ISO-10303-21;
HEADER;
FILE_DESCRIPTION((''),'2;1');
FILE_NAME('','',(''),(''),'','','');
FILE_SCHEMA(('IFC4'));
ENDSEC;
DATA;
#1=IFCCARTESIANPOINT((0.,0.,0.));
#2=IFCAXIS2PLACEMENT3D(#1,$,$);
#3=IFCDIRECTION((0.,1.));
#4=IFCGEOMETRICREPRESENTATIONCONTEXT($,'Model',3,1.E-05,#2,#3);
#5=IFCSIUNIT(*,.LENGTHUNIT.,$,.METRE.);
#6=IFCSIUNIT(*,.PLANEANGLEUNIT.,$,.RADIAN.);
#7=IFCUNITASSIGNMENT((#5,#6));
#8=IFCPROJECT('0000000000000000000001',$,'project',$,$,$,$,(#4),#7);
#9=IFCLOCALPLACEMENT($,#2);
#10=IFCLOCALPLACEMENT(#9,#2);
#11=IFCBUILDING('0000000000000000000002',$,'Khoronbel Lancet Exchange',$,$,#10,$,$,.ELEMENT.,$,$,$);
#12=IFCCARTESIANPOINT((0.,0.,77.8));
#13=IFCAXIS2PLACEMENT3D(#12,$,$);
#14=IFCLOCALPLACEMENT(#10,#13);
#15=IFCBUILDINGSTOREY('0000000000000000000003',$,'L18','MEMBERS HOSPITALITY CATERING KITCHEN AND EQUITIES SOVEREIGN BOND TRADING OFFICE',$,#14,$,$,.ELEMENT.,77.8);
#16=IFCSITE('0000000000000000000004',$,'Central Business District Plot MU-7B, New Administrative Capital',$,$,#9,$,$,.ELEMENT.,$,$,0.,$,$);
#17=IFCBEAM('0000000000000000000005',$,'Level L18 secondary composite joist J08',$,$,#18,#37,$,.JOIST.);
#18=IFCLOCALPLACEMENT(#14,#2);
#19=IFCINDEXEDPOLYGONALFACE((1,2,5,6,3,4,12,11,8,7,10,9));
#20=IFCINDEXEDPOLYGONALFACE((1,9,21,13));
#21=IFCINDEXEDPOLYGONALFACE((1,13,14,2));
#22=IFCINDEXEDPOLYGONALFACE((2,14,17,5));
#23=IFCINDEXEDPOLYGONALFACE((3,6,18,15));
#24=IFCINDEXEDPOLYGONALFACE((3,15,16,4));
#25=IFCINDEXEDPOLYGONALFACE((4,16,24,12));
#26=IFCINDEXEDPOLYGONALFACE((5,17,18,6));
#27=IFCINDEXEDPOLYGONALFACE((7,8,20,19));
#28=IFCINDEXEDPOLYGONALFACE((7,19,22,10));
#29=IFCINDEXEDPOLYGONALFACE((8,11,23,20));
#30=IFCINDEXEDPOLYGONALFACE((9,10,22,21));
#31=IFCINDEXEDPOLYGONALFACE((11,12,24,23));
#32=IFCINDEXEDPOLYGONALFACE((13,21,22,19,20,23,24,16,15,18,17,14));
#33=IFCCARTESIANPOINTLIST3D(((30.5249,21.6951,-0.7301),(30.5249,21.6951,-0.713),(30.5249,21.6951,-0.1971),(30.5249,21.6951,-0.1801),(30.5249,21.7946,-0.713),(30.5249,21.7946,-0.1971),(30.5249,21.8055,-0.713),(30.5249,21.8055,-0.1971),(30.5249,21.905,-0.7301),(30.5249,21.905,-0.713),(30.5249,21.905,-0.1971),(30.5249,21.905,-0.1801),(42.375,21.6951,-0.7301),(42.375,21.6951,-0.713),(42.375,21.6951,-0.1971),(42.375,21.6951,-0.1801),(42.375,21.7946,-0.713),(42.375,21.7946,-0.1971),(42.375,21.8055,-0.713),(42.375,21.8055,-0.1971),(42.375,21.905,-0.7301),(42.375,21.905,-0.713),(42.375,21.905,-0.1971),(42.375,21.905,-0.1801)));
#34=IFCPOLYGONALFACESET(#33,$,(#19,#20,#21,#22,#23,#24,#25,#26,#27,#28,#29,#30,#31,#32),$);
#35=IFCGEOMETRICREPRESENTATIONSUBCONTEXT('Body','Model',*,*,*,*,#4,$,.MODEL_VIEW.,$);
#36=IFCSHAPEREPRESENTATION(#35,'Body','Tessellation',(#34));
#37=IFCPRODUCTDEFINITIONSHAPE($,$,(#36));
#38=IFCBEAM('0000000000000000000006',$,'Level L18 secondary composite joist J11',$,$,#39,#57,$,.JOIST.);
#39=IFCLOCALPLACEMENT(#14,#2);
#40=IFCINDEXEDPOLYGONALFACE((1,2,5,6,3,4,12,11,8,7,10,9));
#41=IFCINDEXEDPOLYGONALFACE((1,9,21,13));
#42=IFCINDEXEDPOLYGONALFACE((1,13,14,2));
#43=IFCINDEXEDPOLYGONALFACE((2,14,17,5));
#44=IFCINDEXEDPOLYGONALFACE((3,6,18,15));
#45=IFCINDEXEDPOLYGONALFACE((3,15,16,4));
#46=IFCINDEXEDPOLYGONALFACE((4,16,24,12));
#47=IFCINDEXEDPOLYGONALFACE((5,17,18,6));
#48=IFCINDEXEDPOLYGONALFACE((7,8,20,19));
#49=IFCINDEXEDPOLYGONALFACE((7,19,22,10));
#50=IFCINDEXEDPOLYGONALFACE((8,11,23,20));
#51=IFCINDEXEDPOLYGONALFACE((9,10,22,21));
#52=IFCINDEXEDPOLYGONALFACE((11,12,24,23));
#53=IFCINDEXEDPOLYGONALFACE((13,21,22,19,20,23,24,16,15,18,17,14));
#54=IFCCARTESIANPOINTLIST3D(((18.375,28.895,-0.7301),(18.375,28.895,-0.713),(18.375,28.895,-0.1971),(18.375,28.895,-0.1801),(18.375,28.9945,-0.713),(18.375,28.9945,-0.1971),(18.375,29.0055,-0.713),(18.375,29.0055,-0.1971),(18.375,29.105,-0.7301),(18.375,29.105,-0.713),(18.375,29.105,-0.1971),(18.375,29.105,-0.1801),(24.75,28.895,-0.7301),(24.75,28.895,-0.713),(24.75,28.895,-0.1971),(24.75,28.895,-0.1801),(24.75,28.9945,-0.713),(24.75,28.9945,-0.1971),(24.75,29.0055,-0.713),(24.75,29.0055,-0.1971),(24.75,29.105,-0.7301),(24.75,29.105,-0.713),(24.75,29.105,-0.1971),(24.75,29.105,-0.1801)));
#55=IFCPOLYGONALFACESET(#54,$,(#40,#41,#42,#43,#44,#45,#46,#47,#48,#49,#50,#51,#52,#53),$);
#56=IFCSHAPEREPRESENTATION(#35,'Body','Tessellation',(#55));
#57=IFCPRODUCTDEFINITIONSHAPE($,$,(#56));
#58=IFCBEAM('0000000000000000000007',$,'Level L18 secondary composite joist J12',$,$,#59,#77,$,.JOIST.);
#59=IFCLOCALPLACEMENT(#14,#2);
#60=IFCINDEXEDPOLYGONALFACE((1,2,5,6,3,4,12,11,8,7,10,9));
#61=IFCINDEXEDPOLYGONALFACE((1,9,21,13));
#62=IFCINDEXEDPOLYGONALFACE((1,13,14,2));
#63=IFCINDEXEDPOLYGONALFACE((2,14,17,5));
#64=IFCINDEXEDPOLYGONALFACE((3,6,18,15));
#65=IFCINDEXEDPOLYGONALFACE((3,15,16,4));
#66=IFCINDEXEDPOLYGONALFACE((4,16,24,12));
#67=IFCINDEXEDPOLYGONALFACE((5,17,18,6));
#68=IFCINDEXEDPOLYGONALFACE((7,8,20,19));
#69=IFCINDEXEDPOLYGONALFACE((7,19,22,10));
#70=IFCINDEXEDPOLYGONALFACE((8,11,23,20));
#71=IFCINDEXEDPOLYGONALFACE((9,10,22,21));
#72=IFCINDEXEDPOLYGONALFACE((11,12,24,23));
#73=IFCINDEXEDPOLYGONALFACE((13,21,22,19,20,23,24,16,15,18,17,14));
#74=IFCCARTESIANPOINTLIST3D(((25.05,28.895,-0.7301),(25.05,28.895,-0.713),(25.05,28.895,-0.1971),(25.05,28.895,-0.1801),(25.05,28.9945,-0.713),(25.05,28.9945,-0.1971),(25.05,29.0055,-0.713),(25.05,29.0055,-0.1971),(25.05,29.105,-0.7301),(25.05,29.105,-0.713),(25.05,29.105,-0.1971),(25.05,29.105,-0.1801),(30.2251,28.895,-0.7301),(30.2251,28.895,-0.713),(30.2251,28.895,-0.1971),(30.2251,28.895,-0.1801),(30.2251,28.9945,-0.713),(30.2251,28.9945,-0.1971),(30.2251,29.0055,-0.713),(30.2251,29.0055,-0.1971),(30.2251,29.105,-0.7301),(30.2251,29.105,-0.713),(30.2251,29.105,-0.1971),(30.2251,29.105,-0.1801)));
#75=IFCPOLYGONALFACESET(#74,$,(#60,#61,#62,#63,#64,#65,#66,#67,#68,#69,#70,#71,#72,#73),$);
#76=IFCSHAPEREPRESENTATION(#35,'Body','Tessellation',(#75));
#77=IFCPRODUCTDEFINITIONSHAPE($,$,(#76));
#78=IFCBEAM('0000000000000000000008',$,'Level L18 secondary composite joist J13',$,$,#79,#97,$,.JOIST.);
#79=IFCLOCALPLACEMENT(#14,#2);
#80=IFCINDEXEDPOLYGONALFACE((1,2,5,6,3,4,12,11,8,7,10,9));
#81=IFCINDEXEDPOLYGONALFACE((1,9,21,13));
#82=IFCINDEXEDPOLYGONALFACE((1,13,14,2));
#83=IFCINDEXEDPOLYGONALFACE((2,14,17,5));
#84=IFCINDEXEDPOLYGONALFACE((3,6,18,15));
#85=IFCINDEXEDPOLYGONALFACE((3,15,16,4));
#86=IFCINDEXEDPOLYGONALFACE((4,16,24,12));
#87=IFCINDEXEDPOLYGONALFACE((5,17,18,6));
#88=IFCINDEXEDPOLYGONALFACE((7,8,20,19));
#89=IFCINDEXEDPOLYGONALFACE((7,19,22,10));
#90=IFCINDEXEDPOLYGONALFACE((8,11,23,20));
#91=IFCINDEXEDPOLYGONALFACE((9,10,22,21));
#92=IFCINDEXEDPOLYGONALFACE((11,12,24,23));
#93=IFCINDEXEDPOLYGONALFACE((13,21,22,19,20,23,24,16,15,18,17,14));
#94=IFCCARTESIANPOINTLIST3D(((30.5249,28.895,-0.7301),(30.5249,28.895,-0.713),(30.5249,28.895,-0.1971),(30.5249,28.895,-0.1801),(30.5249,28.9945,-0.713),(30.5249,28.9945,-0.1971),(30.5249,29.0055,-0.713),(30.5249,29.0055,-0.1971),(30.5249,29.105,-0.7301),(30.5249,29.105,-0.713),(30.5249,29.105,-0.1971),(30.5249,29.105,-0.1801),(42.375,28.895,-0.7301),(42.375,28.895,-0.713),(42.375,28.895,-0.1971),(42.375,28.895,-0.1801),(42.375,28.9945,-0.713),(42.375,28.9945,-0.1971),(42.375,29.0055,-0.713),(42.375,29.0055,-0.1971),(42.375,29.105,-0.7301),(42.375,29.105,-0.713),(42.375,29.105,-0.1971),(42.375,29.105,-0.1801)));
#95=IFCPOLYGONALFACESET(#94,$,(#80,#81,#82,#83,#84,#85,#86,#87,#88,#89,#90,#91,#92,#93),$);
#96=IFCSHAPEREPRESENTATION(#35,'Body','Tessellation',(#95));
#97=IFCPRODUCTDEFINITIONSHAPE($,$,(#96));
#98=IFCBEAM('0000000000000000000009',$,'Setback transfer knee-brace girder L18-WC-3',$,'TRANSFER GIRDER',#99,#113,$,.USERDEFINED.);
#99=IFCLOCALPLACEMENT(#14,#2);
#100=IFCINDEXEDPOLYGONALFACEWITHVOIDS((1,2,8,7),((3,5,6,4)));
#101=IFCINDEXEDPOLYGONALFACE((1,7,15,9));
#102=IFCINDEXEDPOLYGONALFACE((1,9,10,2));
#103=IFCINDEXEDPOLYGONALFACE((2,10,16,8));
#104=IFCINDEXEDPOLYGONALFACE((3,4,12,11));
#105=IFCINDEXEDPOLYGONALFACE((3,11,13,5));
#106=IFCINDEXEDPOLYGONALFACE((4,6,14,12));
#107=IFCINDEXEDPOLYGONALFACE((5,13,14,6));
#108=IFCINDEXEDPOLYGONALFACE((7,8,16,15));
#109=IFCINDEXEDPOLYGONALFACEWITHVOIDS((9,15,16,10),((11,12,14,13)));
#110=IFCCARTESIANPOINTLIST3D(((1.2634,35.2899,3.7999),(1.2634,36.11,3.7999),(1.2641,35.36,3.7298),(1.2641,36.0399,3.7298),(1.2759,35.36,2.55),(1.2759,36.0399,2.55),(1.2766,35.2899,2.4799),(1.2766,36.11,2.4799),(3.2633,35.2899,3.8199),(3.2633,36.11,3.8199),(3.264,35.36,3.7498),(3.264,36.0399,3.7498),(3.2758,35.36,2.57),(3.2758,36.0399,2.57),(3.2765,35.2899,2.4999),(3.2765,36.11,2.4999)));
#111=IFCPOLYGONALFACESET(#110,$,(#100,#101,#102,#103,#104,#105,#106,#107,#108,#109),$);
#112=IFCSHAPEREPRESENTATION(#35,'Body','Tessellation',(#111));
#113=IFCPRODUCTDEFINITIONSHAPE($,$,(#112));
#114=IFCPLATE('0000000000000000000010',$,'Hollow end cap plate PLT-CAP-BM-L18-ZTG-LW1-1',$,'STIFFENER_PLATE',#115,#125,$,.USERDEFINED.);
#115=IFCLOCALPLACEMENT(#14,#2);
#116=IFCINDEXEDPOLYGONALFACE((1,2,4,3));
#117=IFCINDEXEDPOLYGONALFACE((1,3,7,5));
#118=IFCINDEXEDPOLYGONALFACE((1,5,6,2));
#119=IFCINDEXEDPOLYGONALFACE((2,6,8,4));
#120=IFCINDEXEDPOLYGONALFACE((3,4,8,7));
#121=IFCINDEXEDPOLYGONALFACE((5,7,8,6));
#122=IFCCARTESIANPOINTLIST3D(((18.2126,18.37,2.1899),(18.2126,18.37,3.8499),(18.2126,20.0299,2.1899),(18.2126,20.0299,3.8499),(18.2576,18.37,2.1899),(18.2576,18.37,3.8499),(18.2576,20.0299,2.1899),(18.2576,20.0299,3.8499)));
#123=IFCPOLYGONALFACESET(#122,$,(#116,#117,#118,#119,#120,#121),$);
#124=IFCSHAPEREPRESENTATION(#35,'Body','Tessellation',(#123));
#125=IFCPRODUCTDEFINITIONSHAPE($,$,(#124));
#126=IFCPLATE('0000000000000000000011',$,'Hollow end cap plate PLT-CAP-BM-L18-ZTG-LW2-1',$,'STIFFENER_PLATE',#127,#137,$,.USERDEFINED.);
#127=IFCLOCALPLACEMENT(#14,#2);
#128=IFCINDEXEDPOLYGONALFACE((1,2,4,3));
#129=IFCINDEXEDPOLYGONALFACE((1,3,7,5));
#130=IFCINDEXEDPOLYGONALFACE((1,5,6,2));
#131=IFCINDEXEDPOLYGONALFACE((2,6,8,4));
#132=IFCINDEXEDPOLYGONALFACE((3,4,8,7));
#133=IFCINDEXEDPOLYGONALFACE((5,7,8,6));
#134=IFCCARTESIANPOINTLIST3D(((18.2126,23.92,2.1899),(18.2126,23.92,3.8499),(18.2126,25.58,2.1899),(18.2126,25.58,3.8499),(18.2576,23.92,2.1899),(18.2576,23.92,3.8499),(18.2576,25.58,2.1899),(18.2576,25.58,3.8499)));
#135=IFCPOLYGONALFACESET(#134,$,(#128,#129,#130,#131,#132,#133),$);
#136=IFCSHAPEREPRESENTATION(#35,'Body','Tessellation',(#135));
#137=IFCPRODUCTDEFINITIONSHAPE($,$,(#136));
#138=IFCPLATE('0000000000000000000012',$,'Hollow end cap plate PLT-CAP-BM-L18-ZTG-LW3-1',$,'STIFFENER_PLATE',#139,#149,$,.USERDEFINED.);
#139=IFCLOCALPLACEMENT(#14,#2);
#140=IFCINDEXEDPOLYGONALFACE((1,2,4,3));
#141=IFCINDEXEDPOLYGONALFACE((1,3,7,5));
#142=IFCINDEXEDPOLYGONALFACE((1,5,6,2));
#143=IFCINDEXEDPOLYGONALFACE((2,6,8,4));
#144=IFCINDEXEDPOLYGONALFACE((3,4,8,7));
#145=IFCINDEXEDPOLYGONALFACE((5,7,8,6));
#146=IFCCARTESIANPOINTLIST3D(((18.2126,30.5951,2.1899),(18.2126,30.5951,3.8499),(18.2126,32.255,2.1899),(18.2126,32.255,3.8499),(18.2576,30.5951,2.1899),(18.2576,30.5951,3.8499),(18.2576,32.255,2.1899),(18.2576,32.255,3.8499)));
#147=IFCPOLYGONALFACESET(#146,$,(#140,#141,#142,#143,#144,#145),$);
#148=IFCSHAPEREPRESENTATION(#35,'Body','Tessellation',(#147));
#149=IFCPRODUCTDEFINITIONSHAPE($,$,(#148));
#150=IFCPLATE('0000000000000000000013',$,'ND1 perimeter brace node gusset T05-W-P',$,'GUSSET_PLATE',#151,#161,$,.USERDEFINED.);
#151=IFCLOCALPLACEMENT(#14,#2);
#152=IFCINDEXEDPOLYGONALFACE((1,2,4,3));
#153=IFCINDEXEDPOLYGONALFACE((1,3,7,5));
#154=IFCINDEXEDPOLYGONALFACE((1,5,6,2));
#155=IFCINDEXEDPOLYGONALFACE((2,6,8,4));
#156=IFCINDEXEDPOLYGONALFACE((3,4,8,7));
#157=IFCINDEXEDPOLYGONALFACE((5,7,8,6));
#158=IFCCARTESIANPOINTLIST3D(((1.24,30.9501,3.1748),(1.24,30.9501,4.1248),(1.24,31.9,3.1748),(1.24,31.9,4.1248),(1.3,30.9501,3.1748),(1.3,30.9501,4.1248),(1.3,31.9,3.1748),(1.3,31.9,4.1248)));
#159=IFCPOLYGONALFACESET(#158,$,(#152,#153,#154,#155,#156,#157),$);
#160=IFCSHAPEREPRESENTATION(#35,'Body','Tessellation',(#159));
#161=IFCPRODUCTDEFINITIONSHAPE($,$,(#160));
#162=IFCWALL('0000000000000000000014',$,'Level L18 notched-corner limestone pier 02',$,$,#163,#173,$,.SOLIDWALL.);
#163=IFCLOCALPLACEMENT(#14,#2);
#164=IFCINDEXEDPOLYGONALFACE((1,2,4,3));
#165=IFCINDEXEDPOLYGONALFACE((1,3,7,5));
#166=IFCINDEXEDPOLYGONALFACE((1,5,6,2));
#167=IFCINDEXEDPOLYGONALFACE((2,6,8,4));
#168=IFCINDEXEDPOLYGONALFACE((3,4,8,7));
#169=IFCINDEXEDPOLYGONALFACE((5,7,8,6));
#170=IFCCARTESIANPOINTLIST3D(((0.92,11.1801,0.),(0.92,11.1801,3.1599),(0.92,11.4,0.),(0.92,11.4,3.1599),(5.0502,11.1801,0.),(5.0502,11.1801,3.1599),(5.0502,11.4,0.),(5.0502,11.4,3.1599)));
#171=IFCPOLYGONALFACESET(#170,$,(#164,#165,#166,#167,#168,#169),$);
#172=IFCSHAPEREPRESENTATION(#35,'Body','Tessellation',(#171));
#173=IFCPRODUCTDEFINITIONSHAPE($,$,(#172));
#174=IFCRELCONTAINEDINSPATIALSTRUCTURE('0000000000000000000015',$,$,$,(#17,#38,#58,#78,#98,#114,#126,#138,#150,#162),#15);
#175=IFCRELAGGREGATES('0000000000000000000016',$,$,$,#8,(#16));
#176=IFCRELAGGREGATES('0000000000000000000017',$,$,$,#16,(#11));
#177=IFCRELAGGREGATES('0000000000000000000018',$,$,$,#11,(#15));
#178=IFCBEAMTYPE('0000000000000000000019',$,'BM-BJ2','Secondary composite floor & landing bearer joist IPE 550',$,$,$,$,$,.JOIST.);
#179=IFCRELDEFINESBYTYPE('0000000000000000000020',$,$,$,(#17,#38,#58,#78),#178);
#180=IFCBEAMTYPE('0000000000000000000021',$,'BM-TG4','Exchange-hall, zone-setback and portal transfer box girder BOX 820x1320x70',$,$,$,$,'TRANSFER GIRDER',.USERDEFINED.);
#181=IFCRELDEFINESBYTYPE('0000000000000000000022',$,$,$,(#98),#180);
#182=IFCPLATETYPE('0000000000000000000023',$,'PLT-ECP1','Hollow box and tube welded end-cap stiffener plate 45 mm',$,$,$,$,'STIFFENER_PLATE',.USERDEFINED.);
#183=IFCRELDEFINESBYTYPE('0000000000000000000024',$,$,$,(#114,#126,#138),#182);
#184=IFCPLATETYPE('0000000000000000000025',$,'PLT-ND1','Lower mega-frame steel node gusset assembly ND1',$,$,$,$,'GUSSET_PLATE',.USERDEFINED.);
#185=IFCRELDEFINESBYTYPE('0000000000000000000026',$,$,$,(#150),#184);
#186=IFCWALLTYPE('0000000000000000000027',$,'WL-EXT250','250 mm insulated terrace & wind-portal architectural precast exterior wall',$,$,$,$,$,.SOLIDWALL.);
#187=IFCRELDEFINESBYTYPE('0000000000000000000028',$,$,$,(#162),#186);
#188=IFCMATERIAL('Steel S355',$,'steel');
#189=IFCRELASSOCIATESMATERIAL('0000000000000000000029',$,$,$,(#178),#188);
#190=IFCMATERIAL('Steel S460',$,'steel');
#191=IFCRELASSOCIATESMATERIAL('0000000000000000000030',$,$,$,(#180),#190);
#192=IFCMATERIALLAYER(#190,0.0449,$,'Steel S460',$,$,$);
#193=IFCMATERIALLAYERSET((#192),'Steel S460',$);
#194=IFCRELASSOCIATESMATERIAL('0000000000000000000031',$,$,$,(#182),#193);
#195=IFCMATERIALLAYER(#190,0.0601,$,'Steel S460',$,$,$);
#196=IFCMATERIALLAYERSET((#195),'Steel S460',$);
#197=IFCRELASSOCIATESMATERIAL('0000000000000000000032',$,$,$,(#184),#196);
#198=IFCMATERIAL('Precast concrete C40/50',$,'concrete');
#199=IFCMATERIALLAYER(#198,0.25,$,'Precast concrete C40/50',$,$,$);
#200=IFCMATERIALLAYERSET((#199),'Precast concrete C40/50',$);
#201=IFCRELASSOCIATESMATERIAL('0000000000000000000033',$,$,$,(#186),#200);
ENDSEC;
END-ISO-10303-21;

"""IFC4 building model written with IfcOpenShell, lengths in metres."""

from ifc_helpers import new_model, si_unit, direction, frame, frame_2d, origin, origin_2d, place, context, subcontext, project, spatial, rectangle, hollow_rectangle, i_section, extrude, material, layer, layer_set, material_profile, profile_set, type_object, element, save


model = new_model("IFC4")

# Units and contexts
model_context = context("Model", 3, precision=1e-05, world=origin(), true_north=direction((0.0, 1.0)))
body_context = subcontext(model_context, "Body", "Model", "MODEL_VIEW")
ifc_project = project(units=[si_unit("LENGTHUNIT", "METRE"), si_unit("PLANEANGLEUNIT", "RADIAN")], contexts=[model_context])

# Site, building, storey
site_placement = place(None, origin())
site = spatial("IfcSite", under=ifc_project, at=site_placement, Name="Central Business District Plot MU-7B, New Administrative Capital", CompositionType="ELEMENT", RefElevation=0.0)
building_placement = place(site_placement, origin())
building = spatial("IfcBuilding", under=site, at=building_placement, Name="Khoronbel Lancet Exchange", CompositionType="ELEMENT")
storey_placement = place(building_placement, frame((0.0, 0.0, 77.8)))
storey = spatial("IfcBuildingStorey", under=building, at=storey_placement, Name="L18", Description="MEMBERS HOSPITALITY CATERING KITCHEN AND EQUITIES SOVEREIGN BOND TRADING OFFICE", CompositionType="ELEMENT", Elevation=77.8)

# Shared definitions
ifc_material_1 = material(Name="Steel S355", Category="steel")

# Beams
ifc_material_profile_1 = material_profile(ifc_material_1, i_section(OverallWidth=0.21, OverallDepth=0.55, WebThickness=0.011, FlangeThickness=0.0171, at=origin_2d()), Name="IPE 550")
ifc_profile_set_1 = profile_set([ifc_material_profile_1], Name="Steel S355")
beam_type_1 = type_object("IfcBeamType", Name="BM-BJ2", Description="Secondary composite floor & landing bearer joist IPE 550", PredefinedType="JOIST", material=ifc_profile_set_1)
beam_1_placement = place(storey_placement, frame((30.5249, 21.8, -0.4551), z_axis=(1.0, 0.0, 0.0), x_axis=(0.0, 1.0, 0.0)))
element("IfcBeam", 1, at=beam_1_placement, inside=storey, type_object=beam_type_1, Name="Level L18 secondary composite joist J08", PredefinedType="JOIST", context=body_context, shape_type="SweptSolid", body=[
    extrude(i_section(OverallWidth=0.21, OverallDepth=0.55, WebThickness=0.011, FlangeThickness=0.0171, at=origin_2d()), origin(), (0.0, 0.0, 1.0), 11.8501),
])
beam_2_placement = place(storey_placement, frame((18.375, 29.0, -0.4551), z_axis=(1.0, 0.0, 0.0), x_axis=(0.0, 1.0, 0.0)))
element("IfcBeam", 2, at=beam_2_placement, inside=storey, type_object=beam_type_1, Name="Level L18 secondary composite joist J11", PredefinedType="JOIST", context=body_context, shape_type="SweptSolid", body=[
    extrude(i_section(OverallWidth=0.21, OverallDepth=0.55, WebThickness=0.011, FlangeThickness=0.0171, at=origin_2d()), origin(), (0.0, 0.0, 1.0), 6.375),
])
beam_3_placement = place(storey_placement, frame((25.05, 29.0, -0.4551), z_axis=(1.0, 0.0, 0.0), x_axis=(0.0, 1.0, 0.0)))
element("IfcBeam", 3, at=beam_3_placement, inside=storey, type_object=beam_type_1, Name="Level L18 secondary composite joist J12", PredefinedType="JOIST", context=body_context, shape_type="SweptSolid", body=[
    extrude(i_section(OverallWidth=0.21, OverallDepth=0.55, WebThickness=0.011, FlangeThickness=0.0171, at=origin_2d()), origin(), (0.0, 0.0, 1.0), 5.175),
])
beam_4_placement = place(storey_placement, frame((30.5249, 29.0, -0.4551), z_axis=(1.0, 0.0, 0.0), x_axis=(0.0, 1.0, 0.0)))
element("IfcBeam", 4, at=beam_4_placement, inside=storey, type_object=beam_type_1, Name="Level L18 secondary composite joist J13", PredefinedType="JOIST", context=body_context, shape_type="SweptSolid", body=[
    extrude(i_section(OverallWidth=0.21, OverallDepth=0.55, WebThickness=0.011, FlangeThickness=0.0171, at=origin_2d()), origin(), (0.0, 0.0, 1.0), 11.8501),
])
ifc_material_2 = material(Name="Steel S460", Category="steel")
ifc_material_profile_2 = material_profile(ifc_material_2, hollow_rectangle(XDim=0.8201, YDim=1.3201, WallThickness=0.0701, at=origin_2d()), Name="BOX 820x1320x70")
ifc_profile_set_2 = profile_set([ifc_material_profile_2], Name="Steel S460")
beam_type_2 = type_object("IfcBeamType", Name="BM-TG4", Description="Exchange-hall, zone-setback and portal transfer box girder BOX 820x1320x70", ElementType="TRANSFER GIRDER", PredefinedType="USERDEFINED", material=ifc_profile_set_2)
beam_5_placement = place(storey_placement, frame((1.27, 35.7, 3.1399), z_axis=(0.99995, 0.0, 0.010009), x_axis=(0.0, 1.0, 0.0)))
element("IfcBeam", 5, at=beam_5_placement, inside=storey, type_object=beam_type_2, Name="Setback transfer knee-brace girder L18-WC-3", ObjectType="TRANSFER GIRDER", PredefinedType="USERDEFINED", context=body_context, shape_type="SweptSolid", body=[
    extrude(hollow_rectangle(XDim=0.8201, YDim=1.3201, WallThickness=0.0701, at=origin_2d()), origin(), (0.0, 0.0, 1.0), 2.0),
])

# Plates
ifc_layer_1 = layer(ifc_material_2, 0.0449, Name="Steel S460")
ifc_layer_set_1 = layer_set([ifc_layer_1], Name="Steel S460")
plate_type_1 = type_object("IfcPlateType", Name="PLT-ECP1", Description="Hollow box and tube welded end-cap stiffener plate 45 mm", ElementType="STIFFENER_PLATE", PredefinedType="USERDEFINED", material=ifc_layer_set_1)
for number, where, z_axis, x_axis, name in (
    (6, (18.2351, 19.2, 2.1899), (0.0, 0.0, 1.0), (1.0, 0.0, 0.0), "Hollow end cap plate PLT-CAP-BM-L18-ZTG-LW1-1"),
    (7, (18.2351, 24.75, 2.1899), (0.0, 0.0, 1.0), (1.0, 0.0, 0.0), "Hollow end cap plate PLT-CAP-BM-L18-ZTG-LW2-1"),
    (8, (18.2351, 31.425, 2.1899), (0.0, 0.0, 1.0), (1.0, 0.0, 0.0), "Hollow end cap plate PLT-CAP-BM-L18-ZTG-LW3-1"),
):
    element("IfcPlate", number, at=place(storey_placement, frame(where, z_axis=z_axis, x_axis=x_axis)), inside=storey, type_object=plate_type_1, Name=name, ObjectType="STIFFENER_PLATE", PredefinedType="USERDEFINED", context=body_context, shape_type="SweptSolid", body=[
        extrude(rectangle(XDim=0.0449, YDim=1.6599, at=origin_2d()), origin(), (0.0, 0.0, 1.0), 1.6599),
    ])
ifc_layer_2 = layer(ifc_material_2, 0.0601, Name="Steel S460")
ifc_layer_set_2 = layer_set([ifc_layer_2], Name="Steel S460")
plate_type_2 = type_object("IfcPlateType", Name="PLT-ND1", Description="Lower mega-frame steel node gusset assembly ND1", ElementType="GUSSET_PLATE", PredefinedType="USERDEFINED", material=ifc_layer_set_2)
plate_placement = place(storey_placement, frame((1.27, 31.425, 3.1748), z_axis=(0.0, 0.0, 1.0), x_axis=(0.0, 1.0, 0.0)))
element("IfcPlate", 9, at=plate_placement, inside=storey, type_object=plate_type_2, Name="ND1 perimeter brace node gusset T05-W-P", ObjectType="GUSSET_PLATE", PredefinedType="USERDEFINED", context=body_context, shape_type="SweptSolid", body=[
    extrude(rectangle(XDim=0.95, YDim=0.0601, at=origin_2d()), origin(), (0.0, 0.0, 1.0), 0.95),
])

# Wall
ifc_material_3 = material(Name="Precast concrete C40/50", Category="concrete")
ifc_layer_3 = layer(ifc_material_3, 0.25, Name="Precast concrete C40/50")
ifc_layer_set_3 = layer_set([ifc_layer_3], Name="Precast concrete C40/50")
wall_type_1 = type_object("IfcWallType", Name="WL-EXT250", Description="250 mm insulated terrace & wind-portal architectural precast exterior wall", PredefinedType="SOLIDWALL", material=ifc_layer_set_3)
wall_1_placement = place(storey_placement, frame((5.05, 11.29, 0.0), z_axis=(0.0, 0.0, 1.0), x_axis=(-1.0, 0.0, 0.0)))
element("IfcWall", 10, at=wall_1_placement, inside=storey, type_object=wall_type_1, Name="Level L18 notched-corner limestone pier 02", PredefinedType="SOLIDWALL", context=body_context, shape_type="SweptSolid", body=[
    extrude(rectangle(XDim=4.1301, YDim=0.22, at=frame_2d((2.0649, 0.0))), origin(), (0.0, 0.0, 1.0), 3.1599),
])

save(model, "model.ifc")
